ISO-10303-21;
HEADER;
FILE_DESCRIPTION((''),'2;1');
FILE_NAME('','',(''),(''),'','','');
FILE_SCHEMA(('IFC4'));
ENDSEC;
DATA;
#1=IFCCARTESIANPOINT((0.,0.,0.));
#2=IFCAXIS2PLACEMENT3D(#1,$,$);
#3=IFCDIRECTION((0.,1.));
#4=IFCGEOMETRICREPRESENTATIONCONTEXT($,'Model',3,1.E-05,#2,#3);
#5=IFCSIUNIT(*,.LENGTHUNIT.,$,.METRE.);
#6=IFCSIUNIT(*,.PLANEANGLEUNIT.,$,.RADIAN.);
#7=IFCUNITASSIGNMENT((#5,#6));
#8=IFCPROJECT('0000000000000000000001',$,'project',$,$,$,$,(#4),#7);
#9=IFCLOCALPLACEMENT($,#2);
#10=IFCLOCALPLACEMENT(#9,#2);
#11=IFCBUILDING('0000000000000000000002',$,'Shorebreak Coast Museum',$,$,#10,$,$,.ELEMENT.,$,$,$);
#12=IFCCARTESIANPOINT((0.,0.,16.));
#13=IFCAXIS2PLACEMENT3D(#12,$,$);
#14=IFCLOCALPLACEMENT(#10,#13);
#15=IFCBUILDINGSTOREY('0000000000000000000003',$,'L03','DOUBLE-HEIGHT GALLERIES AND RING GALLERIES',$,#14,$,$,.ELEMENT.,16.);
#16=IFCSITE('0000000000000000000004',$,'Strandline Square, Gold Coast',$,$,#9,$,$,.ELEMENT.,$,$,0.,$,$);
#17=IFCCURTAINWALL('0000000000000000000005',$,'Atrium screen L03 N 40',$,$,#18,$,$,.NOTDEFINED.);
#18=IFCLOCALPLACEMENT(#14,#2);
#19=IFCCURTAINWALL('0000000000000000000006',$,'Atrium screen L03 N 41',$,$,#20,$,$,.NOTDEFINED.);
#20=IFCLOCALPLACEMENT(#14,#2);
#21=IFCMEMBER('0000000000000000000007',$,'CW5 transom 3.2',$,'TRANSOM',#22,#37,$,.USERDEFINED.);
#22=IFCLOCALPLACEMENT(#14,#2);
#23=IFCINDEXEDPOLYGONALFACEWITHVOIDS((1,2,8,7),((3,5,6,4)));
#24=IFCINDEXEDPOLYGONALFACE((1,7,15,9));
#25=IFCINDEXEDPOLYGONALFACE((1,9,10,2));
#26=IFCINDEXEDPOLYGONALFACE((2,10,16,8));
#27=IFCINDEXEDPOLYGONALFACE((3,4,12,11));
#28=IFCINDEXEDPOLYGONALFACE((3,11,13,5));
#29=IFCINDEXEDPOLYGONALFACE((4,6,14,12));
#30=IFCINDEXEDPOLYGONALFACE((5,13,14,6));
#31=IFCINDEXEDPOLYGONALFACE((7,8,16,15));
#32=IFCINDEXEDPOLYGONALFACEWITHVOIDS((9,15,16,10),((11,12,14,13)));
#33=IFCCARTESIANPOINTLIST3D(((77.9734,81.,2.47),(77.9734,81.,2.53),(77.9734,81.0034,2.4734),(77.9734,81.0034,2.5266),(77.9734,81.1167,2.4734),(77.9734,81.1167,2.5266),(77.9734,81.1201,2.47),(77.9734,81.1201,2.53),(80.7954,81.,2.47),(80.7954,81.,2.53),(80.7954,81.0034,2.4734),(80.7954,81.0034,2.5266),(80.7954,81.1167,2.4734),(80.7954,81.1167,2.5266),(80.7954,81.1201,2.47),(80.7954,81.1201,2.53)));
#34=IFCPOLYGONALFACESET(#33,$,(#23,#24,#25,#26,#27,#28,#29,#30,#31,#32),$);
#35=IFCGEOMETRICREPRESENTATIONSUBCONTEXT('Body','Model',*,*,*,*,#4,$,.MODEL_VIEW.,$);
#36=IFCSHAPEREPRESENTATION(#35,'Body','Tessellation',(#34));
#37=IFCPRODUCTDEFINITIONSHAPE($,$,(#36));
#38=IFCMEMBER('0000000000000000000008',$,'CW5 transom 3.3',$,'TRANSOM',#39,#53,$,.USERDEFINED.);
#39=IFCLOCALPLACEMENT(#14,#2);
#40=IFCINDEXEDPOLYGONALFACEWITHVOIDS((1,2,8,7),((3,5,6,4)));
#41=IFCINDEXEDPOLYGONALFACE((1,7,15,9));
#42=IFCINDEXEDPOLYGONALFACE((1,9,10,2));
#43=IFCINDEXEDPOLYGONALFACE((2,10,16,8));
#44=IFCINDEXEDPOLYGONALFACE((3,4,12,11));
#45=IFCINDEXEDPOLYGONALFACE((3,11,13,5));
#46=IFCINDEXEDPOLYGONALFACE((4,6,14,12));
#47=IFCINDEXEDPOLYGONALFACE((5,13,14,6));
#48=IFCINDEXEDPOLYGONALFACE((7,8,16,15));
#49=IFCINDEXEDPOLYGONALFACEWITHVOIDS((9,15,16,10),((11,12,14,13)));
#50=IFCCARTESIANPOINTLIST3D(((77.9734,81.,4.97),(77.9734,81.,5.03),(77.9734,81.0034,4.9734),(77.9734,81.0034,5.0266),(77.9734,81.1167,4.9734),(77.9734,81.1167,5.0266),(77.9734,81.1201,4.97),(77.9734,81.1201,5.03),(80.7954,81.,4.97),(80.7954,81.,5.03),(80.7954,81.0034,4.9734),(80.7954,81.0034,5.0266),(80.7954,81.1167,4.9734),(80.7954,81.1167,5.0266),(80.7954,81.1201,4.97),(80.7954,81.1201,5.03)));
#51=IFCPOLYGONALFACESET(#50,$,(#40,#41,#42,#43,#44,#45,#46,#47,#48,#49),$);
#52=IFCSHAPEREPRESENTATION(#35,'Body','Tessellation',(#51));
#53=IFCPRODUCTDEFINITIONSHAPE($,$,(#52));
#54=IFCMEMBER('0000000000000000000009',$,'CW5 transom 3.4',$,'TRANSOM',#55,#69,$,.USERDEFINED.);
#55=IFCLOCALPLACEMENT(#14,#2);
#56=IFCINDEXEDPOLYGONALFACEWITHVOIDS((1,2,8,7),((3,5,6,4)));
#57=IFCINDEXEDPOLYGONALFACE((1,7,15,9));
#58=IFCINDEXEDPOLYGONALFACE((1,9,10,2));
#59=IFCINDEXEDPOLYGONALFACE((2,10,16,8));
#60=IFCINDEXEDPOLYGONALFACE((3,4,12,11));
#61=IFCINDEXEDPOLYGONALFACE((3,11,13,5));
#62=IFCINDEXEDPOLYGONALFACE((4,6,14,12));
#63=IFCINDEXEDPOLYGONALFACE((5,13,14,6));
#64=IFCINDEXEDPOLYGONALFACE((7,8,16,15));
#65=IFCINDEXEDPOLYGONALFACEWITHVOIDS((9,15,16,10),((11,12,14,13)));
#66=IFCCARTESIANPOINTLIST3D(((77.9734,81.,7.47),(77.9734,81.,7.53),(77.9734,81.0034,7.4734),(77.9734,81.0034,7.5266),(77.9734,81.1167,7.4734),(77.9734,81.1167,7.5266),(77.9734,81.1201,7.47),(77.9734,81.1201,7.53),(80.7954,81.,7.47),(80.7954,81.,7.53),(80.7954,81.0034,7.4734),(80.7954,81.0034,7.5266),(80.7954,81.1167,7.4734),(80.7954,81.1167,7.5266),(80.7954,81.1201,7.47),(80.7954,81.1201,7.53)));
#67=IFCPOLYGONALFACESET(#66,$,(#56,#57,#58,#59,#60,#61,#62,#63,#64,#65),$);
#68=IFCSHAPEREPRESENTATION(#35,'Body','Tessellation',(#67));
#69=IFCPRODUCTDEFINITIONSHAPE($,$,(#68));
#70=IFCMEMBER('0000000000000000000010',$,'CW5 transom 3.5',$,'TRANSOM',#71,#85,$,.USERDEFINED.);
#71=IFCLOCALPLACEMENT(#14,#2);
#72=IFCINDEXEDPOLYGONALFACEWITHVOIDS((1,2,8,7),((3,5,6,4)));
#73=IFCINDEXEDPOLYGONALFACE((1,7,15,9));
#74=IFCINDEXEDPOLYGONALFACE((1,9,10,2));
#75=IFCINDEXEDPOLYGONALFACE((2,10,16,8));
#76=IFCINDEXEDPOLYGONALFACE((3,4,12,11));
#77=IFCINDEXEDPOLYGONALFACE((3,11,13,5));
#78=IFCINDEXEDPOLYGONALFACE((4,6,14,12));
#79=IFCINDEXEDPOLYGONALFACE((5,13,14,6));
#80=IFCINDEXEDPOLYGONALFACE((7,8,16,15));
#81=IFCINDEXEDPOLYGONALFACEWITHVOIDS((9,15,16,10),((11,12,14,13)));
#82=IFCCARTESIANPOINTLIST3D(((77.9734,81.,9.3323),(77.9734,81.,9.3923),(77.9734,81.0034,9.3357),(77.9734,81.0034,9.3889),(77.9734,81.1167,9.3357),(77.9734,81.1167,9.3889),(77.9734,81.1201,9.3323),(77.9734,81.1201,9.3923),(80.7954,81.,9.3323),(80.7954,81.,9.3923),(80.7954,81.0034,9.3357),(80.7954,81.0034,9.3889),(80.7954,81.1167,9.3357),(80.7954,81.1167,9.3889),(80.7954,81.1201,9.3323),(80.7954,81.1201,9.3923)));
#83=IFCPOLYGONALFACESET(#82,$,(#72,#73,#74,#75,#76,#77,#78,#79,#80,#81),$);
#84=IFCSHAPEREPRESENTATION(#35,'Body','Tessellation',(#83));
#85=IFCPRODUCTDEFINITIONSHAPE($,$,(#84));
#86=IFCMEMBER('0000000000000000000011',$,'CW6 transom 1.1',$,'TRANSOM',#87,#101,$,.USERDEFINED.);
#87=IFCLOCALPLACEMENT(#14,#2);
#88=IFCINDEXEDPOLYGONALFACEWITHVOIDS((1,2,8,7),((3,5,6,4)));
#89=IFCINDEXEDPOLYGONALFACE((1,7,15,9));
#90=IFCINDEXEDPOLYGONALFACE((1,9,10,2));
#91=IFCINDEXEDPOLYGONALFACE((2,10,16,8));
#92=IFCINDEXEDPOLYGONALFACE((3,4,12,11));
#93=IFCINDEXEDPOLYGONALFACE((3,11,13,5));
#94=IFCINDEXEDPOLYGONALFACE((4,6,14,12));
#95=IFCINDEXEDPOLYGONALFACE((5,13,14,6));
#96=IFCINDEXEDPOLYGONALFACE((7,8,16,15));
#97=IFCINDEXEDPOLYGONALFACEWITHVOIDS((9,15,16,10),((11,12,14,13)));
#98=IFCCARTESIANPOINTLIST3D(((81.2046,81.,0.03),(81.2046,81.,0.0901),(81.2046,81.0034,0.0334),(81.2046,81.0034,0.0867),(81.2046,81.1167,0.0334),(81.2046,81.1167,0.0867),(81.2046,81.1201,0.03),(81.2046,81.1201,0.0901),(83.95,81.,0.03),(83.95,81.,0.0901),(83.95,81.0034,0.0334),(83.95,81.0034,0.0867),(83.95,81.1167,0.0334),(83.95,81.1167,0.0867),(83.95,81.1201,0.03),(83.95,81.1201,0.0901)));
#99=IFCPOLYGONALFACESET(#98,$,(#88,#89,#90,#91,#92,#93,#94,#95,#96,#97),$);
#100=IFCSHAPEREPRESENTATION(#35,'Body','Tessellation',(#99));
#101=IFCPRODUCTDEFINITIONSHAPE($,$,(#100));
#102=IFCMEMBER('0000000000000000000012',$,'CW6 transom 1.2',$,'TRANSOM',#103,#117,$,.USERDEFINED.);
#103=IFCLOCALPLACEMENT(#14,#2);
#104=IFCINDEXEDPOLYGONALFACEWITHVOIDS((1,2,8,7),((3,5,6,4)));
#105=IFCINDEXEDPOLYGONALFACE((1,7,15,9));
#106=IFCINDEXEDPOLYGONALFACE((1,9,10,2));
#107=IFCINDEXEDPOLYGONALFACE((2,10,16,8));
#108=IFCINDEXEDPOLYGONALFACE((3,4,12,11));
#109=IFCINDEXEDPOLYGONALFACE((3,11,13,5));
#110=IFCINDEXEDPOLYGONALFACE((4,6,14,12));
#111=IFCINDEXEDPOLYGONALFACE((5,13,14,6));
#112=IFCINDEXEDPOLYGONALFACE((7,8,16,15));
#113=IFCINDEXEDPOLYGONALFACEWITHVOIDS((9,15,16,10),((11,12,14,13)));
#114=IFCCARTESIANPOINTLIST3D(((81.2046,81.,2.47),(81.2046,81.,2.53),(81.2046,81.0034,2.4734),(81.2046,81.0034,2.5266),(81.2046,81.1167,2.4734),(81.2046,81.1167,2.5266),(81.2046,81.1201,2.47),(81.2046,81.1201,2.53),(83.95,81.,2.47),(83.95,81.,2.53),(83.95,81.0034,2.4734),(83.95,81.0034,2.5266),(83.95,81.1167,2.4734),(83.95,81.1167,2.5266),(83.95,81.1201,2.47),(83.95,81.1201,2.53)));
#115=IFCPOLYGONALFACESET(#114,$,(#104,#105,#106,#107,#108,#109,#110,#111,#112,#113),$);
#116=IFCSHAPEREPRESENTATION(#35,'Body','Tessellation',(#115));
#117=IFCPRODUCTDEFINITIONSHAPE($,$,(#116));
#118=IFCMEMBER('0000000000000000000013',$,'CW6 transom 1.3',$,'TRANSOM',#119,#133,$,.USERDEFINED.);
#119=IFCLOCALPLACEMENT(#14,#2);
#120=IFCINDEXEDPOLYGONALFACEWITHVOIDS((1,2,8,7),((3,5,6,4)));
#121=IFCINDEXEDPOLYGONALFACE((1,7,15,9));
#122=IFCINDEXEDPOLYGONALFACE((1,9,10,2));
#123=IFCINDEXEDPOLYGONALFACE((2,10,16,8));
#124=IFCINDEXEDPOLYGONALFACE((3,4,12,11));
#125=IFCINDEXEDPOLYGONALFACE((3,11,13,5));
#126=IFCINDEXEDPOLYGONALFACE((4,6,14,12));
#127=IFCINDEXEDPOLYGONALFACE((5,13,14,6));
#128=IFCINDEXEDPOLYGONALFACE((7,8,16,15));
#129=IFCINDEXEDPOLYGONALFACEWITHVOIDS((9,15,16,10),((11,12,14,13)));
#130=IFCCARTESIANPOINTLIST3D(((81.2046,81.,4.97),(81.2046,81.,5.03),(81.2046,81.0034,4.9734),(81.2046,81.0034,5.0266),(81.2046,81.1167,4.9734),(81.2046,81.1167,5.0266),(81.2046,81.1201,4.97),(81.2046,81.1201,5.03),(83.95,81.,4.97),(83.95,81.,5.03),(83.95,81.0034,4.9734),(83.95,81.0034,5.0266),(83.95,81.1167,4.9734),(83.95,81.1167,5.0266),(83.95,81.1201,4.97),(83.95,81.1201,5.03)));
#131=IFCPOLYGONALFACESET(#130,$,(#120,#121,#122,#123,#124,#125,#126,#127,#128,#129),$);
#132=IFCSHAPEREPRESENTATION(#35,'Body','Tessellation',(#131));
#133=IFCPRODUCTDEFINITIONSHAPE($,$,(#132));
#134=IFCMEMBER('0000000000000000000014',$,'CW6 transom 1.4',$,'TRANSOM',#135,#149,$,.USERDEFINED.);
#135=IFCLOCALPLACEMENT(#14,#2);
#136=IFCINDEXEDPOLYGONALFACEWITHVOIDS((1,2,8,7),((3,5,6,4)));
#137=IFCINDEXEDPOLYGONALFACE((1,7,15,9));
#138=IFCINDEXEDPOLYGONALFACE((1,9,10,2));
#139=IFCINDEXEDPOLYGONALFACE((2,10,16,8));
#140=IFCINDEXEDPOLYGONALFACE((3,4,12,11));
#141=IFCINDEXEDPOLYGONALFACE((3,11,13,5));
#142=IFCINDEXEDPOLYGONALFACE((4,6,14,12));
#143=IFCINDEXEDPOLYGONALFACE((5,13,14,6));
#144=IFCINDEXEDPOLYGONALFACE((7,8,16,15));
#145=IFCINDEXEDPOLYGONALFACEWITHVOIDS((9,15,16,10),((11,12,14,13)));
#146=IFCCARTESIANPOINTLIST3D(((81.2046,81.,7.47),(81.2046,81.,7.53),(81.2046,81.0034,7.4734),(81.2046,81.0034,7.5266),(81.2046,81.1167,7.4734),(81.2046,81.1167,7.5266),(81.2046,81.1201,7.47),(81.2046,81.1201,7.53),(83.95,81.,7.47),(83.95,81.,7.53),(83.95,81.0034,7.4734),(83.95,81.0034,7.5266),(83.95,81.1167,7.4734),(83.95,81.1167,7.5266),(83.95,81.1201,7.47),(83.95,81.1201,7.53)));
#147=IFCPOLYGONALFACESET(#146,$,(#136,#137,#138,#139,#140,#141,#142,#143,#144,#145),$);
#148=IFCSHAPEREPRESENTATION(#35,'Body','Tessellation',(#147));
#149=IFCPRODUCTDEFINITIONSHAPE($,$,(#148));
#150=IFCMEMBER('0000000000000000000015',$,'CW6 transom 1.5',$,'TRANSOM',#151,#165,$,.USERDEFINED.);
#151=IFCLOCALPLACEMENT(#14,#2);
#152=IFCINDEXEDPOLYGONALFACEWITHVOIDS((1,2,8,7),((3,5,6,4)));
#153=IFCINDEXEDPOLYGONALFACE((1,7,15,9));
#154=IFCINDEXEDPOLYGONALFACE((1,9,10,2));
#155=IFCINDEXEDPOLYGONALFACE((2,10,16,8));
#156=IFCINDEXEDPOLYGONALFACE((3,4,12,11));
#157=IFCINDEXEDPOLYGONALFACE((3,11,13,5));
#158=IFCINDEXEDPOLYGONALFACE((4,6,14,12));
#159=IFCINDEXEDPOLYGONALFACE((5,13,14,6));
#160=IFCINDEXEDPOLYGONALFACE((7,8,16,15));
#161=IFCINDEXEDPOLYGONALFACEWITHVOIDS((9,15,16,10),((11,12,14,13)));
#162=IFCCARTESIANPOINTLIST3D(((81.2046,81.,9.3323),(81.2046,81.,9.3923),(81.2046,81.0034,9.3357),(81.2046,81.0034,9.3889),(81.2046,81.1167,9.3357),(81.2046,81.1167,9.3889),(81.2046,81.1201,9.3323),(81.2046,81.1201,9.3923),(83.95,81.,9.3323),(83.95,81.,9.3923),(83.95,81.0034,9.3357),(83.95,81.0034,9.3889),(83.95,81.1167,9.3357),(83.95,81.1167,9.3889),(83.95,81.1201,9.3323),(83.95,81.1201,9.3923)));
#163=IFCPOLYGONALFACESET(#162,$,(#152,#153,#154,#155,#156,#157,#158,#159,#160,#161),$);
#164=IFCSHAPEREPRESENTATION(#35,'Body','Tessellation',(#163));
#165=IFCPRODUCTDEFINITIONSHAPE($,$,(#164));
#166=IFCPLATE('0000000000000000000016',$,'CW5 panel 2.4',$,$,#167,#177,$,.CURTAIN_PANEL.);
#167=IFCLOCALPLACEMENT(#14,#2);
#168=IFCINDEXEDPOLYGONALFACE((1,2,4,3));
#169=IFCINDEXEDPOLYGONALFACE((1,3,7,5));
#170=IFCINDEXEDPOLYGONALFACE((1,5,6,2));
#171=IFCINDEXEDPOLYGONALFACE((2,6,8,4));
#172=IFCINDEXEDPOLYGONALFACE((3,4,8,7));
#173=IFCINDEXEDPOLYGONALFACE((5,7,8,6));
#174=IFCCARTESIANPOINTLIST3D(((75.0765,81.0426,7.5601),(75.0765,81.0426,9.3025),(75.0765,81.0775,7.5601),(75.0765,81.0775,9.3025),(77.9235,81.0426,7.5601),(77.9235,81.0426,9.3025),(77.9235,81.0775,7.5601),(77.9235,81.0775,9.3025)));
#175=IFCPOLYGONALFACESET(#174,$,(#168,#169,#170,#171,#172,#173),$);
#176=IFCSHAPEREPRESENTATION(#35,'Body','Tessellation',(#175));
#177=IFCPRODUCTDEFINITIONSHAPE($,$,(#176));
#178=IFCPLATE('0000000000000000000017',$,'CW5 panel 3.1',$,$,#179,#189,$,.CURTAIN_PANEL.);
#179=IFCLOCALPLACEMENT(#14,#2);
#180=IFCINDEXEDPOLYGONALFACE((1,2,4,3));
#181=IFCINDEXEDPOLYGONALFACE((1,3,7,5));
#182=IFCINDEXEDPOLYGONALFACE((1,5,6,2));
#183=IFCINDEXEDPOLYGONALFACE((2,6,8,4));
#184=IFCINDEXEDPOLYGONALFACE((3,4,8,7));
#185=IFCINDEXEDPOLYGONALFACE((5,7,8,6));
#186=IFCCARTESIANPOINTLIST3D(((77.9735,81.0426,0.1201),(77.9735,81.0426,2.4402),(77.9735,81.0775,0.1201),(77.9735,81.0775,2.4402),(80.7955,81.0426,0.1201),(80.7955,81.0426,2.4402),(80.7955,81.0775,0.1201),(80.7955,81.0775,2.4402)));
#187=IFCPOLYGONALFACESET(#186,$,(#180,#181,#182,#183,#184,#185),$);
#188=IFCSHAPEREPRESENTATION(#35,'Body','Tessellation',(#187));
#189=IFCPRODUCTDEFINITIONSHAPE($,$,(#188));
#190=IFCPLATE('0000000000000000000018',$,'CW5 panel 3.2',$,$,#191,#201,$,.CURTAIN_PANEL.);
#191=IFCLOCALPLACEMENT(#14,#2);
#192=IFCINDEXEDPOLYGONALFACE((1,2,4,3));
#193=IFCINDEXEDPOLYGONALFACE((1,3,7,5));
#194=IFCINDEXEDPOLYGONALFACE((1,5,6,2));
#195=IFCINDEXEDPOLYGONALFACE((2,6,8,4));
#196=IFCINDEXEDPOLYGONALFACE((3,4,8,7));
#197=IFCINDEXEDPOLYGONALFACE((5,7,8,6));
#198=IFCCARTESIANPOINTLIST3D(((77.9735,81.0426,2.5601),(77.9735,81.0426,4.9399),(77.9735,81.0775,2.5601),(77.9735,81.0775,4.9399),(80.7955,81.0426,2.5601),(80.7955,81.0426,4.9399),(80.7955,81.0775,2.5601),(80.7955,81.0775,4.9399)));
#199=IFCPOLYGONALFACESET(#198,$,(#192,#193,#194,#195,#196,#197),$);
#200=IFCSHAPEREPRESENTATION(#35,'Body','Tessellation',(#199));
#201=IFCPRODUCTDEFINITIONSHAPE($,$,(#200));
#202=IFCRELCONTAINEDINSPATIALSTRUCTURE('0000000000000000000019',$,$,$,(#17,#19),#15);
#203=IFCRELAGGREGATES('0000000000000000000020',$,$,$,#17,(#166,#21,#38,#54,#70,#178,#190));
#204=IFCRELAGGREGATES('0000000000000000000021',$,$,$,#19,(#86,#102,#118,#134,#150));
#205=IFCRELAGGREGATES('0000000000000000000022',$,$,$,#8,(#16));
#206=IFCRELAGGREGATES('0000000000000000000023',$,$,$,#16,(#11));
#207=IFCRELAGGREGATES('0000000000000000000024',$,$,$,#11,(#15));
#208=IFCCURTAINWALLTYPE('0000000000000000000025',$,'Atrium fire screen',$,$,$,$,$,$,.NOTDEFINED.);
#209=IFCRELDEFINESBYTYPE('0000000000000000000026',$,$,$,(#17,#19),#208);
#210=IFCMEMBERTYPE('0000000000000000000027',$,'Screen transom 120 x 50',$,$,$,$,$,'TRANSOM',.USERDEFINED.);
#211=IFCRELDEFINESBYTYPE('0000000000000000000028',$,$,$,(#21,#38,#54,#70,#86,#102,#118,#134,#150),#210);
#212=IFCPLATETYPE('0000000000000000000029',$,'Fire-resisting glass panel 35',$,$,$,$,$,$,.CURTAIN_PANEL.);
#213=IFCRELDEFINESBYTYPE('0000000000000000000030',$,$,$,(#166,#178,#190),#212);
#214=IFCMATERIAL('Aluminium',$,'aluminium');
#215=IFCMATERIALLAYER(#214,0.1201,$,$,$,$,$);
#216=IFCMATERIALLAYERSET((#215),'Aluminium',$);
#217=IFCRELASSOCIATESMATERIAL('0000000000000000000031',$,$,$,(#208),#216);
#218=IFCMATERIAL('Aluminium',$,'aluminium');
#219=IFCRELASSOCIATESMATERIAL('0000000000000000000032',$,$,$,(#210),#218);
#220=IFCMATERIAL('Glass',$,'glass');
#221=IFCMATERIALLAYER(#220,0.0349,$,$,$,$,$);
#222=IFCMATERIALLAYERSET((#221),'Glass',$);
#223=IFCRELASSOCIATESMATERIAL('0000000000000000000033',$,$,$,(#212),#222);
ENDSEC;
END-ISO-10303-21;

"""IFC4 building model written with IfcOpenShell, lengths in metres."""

from ifc_helpers import new_model, si_unit, direction, frame, origin, origin_2d, place, context, subcontext, project, spatial, rectangle, hollow_rectangle, extrude, material, layer, layer_set, material_profile, profile_set, type_object, element, aggregate, save


model = new_model("IFC4")

# Units and contexts
model_context = context("Model", 3, precision=1e-05, world=origin(), true_north=direction((0.0, 1.0)))
body_context = subcontext(model_context, "Body", "Model", "MODEL_VIEW")
ifc_project = project(units=[si_unit("LENGTHUNIT", "METRE"), si_unit("PLANEANGLEUNIT", "RADIAN")], contexts=[model_context])

# Site, building, storey
site_placement = place(None, origin())
site = spatial("IfcSite", under=ifc_project, at=site_placement, Name="Strandline Square, Gold Coast", CompositionType="ELEMENT", RefElevation=0.0)
building_placement = place(site_placement, origin())
building = spatial("IfcBuilding", under=site, at=building_placement, Name="Shorebreak Coast Museum", CompositionType="ELEMENT")
storey_placement = place(building_placement, frame((0.0, 0.0, 16.0)))
storey = spatial("IfcBuildingStorey", under=building, at=storey_placement, Name="L03", Description="DOUBLE-HEIGHT GALLERIES AND RING GALLERIES", CompositionType="ELEMENT", Elevation=16.0)

# Curtain wall
ifc_material_1 = material(Name="Aluminium", Category="aluminium")
ifc_layer_1 = layer(ifc_material_1, 0.1201)
ifc_layer_set_1 = layer_set([ifc_layer_1], Name="Aluminium")
curtain_wall_type = type_object("IfcCurtainWallType", Name="Atrium fire screen", PredefinedType="NOTDEFINED", material=ifc_layer_set_1)
curtain_wall_1_placement = place(storey_placement, origin())
curtain_wall_1 = element("IfcCurtainWall", 1, at=curtain_wall_1_placement, inside=storey, type_object=curtain_wall_type, Name="Atrium screen L03 N 40", PredefinedType="NOTDEFINED")

# Curtain wall
curtain_wall_2_placement = place(storey_placement, origin())
curtain_wall_2 = element("IfcCurtainWall", 2, at=curtain_wall_2_placement, inside=storey, type_object=curtain_wall_type, Name="Atrium screen L03 N 41", PredefinedType="NOTDEFINED")

# Members
ifc_material_2 = material(Name="Aluminium", Category="aluminium")
ifc_material_profile_1 = material_profile(ifc_material_2, hollow_rectangle(XDim=0.1201, YDim=0.0601, WallThickness=0.0034, at=origin_2d()), Name="AL 60x120 RHS")
ifc_profile_set_1 = profile_set([ifc_material_profile_1], Name="Aluminium")
member_type_1 = type_object("IfcMemberType", Name="Screen transom 120 x 50", ElementType="TRANSOM", PredefinedType="USERDEFINED", material=ifc_profile_set_1)
member_1_placement = place(storey_placement, frame((77.9734, 81.0601, 2.5), z_axis=(1.0, 0.0, 0.0), x_axis=(0.0, 1.0, 0.0)))
member_1 = element("IfcMember", 3, at=member_1_placement, type_object=member_type_1, Name="CW5 transom 3.2", ObjectType="TRANSOM", PredefinedType="USERDEFINED", context=body_context, shape_type="SweptSolid", body=[
    extrude(hollow_rectangle(XDim=0.1201, YDim=0.0601, WallThickness=0.0034, at=origin_2d()), origin(), (0.0, 0.0, 1.0), 2.822),
])
member_2_placement = place(storey_placement, frame((77.9734, 81.0601, 5.0), z_axis=(1.0, 0.0, 0.0), x_axis=(0.0, 1.0, 0.0)))
member_2 = element("IfcMember", 4, at=member_2_placement, type_object=member_type_1, Name="CW5 transom 3.3", ObjectType="TRANSOM", PredefinedType="USERDEFINED", context=body_context, shape_type="SweptSolid", body=[
    extrude(hollow_rectangle(XDim=0.1201, YDim=0.0601, WallThickness=0.0034, at=origin_2d()), origin(), (0.0, 0.0, 1.0), 2.822),
])
member_3_placement = place(storey_placement, frame((77.9734, 81.0601, 7.5), z_axis=(1.0, 0.0, 0.0), x_axis=(0.0, 1.0, 0.0)))
member_3 = element("IfcMember", 5, at=member_3_placement, type_object=member_type_1, Name="CW5 transom 3.4", ObjectType="TRANSOM", PredefinedType="USERDEFINED", context=body_context, shape_type="SweptSolid", body=[
    extrude(hollow_rectangle(XDim=0.1201, YDim=0.0601, WallThickness=0.0034, at=origin_2d()), origin(), (0.0, 0.0, 1.0), 2.822),
])
member_4_placement = place(storey_placement, frame((77.9734, 81.0601, 9.3623), z_axis=(1.0, 0.0, 0.0), x_axis=(0.0, 1.0, 0.0)))
member_4 = element("IfcMember", 6, at=member_4_placement, type_object=member_type_1, Name="CW5 transom 3.5", ObjectType="TRANSOM", PredefinedType="USERDEFINED", context=body_context, shape_type="SweptSolid", body=[
    extrude(hollow_rectangle(XDim=0.1201, YDim=0.0601, WallThickness=0.0034, at=origin_2d()), origin(), (0.0, 0.0, 1.0), 2.822),
])
member_5_placement = place(storey_placement, frame((81.2046, 81.0601, 0.0601), z_axis=(1.0, 0.0, 0.0), x_axis=(0.0, 1.0, 0.0)))
member_5 = element("IfcMember", 7, at=member_5_placement, type_object=member_type_1, Name="CW6 transom 1.1", ObjectType="TRANSOM", PredefinedType="USERDEFINED", context=body_context, shape_type="SweptSolid", body=[
    extrude(hollow_rectangle(XDim=0.1201, YDim=0.0601, WallThickness=0.0034, at=origin_2d()), origin(), (0.0, 0.0, 1.0), 2.7454),
])
member_6_placement = place(storey_placement, frame((81.2046, 81.0601, 2.5), z_axis=(1.0, 0.0, 0.0), x_axis=(0.0, 1.0, 0.0)))
member_6 = element("IfcMember", 8, at=member_6_placement, type_object=member_type_1, Name="CW6 transom 1.2", ObjectType="TRANSOM", PredefinedType="USERDEFINED", context=body_context, shape_type="SweptSolid", body=[
    extrude(hollow_rectangle(XDim=0.1201, YDim=0.0601, WallThickness=0.0034, at=origin_2d()), origin(), (0.0, 0.0, 1.0), 2.7454),
])
member_7_placement = place(storey_placement, frame((81.2046, 81.0601, 5.0), z_axis=(1.0, 0.0, 0.0), x_axis=(0.0, 1.0, 0.0)))
member_7 = element("IfcMember", 9, at=member_7_placement, type_object=member_type_1, Name="CW6 transom 1.3", ObjectType="TRANSOM", PredefinedType="USERDEFINED", context=body_context, shape_type="SweptSolid", body=[
    extrude(hollow_rectangle(XDim=0.1201, YDim=0.0601, WallThickness=0.0034, at=origin_2d()), origin(), (0.0, 0.0, 1.0), 2.7454),
])
member_8_placement = place(storey_placement, frame((81.2046, 81.0601, 7.5), z_axis=(1.0, 0.0, 0.0), x_axis=(0.0, 1.0, 0.0)))
member_8 = element("IfcMember", 10, at=member_8_placement, type_object=member_type_1, Name="CW6 transom 1.4", ObjectType="TRANSOM", PredefinedType="USERDEFINED", context=body_context, shape_type="SweptSolid", body=[
    extrude(hollow_rectangle(XDim=0.1201, YDim=0.0601, WallThickness=0.0034, at=origin_2d()), origin(), (0.0, 0.0, 1.0), 2.7454),
])
member_9_placement = place(storey_placement, frame((81.2046, 81.0601, 9.3623), z_axis=(1.0, 0.0, 0.0), x_axis=(0.0, 1.0, 0.0)))
member_9 = element("IfcMember", 11, at=member_9_placement, type_object=member_type_1, Name="CW6 transom 1.5", ObjectType="TRANSOM", PredefinedType="USERDEFINED", context=body_context, shape_type="SweptSolid", body=[
    extrude(hollow_rectangle(XDim=0.1201, YDim=0.0601, WallThickness=0.0034, at=origin_2d()), origin(), (0.0, 0.0, 1.0), 2.7454),
])

# Plates
ifc_material_3 = material(Name="Glass", Category="glass")
ifc_layer_2 = layer(ifc_material_3, 0.0349)
ifc_layer_set_2 = layer_set([ifc_layer_2], Name="Glass")
plate_type = type_object("IfcPlateType", Name="Fire-resisting glass panel 35", PredefinedType="CURTAIN_PANEL", material=ifc_layer_set_2)
plate_1_placement = place(storey_placement, frame((76.5, 81.0601, 7.5601), z_axis=(0.0, 0.0, 1.0), x_axis=(1.0, 0.0, 0.0)))
plate_1 = element("IfcPlate", 12, at=plate_1_placement, type_object=plate_type, Name="CW5 panel 2.4", PredefinedType="CURTAIN_PANEL", context=body_context, shape_type="SweptSolid", body=[
    extrude(rectangle(XDim=2.8469, YDim=0.0349, at=origin_2d()), origin(), (0.0, 0.0, 1.0), 1.7424),
])
plate_2_placement = place(storey_placement, frame((79.3845, 81.0601, 0.1201), z_axis=(0.0, 0.0, 1.0), x_axis=(1.0, 0.0, 0.0)))
plate_2 = element("IfcPlate", 13, at=plate_2_placement, type_object=plate_type, Name="CW5 panel 3.1", PredefinedType="CURTAIN_PANEL", context=body_context, shape_type="SweptSolid", body=[
    extrude(rectangle(XDim=2.822, YDim=0.0349, at=origin_2d()), origin(), (0.0, 0.0, 1.0), 2.3201),
])
plate_3_placement = place(storey_placement, frame((79.3845, 81.0601, 2.5601), z_axis=(0.0, 0.0, 1.0), x_axis=(1.0, 0.0, 0.0)))
plate_3 = element("IfcPlate", 14, at=plate_3_placement, type_object=plate_type, Name="CW5 panel 3.2", PredefinedType="CURTAIN_PANEL", context=body_context, shape_type="SweptSolid", body=[
    extrude(rectangle(XDim=2.822, YDim=0.0349, at=origin_2d()), origin(), (0.0, 0.0, 1.0), 2.3799),
])
aggregate(curtain_wall_1, [plate_1, member_1, member_2, member_3, member_4, plate_2, plate_3])
aggregate(curtain_wall_2, [member_5, member_6, member_7, member_8, member_9])

save(model, "model.ifc")
